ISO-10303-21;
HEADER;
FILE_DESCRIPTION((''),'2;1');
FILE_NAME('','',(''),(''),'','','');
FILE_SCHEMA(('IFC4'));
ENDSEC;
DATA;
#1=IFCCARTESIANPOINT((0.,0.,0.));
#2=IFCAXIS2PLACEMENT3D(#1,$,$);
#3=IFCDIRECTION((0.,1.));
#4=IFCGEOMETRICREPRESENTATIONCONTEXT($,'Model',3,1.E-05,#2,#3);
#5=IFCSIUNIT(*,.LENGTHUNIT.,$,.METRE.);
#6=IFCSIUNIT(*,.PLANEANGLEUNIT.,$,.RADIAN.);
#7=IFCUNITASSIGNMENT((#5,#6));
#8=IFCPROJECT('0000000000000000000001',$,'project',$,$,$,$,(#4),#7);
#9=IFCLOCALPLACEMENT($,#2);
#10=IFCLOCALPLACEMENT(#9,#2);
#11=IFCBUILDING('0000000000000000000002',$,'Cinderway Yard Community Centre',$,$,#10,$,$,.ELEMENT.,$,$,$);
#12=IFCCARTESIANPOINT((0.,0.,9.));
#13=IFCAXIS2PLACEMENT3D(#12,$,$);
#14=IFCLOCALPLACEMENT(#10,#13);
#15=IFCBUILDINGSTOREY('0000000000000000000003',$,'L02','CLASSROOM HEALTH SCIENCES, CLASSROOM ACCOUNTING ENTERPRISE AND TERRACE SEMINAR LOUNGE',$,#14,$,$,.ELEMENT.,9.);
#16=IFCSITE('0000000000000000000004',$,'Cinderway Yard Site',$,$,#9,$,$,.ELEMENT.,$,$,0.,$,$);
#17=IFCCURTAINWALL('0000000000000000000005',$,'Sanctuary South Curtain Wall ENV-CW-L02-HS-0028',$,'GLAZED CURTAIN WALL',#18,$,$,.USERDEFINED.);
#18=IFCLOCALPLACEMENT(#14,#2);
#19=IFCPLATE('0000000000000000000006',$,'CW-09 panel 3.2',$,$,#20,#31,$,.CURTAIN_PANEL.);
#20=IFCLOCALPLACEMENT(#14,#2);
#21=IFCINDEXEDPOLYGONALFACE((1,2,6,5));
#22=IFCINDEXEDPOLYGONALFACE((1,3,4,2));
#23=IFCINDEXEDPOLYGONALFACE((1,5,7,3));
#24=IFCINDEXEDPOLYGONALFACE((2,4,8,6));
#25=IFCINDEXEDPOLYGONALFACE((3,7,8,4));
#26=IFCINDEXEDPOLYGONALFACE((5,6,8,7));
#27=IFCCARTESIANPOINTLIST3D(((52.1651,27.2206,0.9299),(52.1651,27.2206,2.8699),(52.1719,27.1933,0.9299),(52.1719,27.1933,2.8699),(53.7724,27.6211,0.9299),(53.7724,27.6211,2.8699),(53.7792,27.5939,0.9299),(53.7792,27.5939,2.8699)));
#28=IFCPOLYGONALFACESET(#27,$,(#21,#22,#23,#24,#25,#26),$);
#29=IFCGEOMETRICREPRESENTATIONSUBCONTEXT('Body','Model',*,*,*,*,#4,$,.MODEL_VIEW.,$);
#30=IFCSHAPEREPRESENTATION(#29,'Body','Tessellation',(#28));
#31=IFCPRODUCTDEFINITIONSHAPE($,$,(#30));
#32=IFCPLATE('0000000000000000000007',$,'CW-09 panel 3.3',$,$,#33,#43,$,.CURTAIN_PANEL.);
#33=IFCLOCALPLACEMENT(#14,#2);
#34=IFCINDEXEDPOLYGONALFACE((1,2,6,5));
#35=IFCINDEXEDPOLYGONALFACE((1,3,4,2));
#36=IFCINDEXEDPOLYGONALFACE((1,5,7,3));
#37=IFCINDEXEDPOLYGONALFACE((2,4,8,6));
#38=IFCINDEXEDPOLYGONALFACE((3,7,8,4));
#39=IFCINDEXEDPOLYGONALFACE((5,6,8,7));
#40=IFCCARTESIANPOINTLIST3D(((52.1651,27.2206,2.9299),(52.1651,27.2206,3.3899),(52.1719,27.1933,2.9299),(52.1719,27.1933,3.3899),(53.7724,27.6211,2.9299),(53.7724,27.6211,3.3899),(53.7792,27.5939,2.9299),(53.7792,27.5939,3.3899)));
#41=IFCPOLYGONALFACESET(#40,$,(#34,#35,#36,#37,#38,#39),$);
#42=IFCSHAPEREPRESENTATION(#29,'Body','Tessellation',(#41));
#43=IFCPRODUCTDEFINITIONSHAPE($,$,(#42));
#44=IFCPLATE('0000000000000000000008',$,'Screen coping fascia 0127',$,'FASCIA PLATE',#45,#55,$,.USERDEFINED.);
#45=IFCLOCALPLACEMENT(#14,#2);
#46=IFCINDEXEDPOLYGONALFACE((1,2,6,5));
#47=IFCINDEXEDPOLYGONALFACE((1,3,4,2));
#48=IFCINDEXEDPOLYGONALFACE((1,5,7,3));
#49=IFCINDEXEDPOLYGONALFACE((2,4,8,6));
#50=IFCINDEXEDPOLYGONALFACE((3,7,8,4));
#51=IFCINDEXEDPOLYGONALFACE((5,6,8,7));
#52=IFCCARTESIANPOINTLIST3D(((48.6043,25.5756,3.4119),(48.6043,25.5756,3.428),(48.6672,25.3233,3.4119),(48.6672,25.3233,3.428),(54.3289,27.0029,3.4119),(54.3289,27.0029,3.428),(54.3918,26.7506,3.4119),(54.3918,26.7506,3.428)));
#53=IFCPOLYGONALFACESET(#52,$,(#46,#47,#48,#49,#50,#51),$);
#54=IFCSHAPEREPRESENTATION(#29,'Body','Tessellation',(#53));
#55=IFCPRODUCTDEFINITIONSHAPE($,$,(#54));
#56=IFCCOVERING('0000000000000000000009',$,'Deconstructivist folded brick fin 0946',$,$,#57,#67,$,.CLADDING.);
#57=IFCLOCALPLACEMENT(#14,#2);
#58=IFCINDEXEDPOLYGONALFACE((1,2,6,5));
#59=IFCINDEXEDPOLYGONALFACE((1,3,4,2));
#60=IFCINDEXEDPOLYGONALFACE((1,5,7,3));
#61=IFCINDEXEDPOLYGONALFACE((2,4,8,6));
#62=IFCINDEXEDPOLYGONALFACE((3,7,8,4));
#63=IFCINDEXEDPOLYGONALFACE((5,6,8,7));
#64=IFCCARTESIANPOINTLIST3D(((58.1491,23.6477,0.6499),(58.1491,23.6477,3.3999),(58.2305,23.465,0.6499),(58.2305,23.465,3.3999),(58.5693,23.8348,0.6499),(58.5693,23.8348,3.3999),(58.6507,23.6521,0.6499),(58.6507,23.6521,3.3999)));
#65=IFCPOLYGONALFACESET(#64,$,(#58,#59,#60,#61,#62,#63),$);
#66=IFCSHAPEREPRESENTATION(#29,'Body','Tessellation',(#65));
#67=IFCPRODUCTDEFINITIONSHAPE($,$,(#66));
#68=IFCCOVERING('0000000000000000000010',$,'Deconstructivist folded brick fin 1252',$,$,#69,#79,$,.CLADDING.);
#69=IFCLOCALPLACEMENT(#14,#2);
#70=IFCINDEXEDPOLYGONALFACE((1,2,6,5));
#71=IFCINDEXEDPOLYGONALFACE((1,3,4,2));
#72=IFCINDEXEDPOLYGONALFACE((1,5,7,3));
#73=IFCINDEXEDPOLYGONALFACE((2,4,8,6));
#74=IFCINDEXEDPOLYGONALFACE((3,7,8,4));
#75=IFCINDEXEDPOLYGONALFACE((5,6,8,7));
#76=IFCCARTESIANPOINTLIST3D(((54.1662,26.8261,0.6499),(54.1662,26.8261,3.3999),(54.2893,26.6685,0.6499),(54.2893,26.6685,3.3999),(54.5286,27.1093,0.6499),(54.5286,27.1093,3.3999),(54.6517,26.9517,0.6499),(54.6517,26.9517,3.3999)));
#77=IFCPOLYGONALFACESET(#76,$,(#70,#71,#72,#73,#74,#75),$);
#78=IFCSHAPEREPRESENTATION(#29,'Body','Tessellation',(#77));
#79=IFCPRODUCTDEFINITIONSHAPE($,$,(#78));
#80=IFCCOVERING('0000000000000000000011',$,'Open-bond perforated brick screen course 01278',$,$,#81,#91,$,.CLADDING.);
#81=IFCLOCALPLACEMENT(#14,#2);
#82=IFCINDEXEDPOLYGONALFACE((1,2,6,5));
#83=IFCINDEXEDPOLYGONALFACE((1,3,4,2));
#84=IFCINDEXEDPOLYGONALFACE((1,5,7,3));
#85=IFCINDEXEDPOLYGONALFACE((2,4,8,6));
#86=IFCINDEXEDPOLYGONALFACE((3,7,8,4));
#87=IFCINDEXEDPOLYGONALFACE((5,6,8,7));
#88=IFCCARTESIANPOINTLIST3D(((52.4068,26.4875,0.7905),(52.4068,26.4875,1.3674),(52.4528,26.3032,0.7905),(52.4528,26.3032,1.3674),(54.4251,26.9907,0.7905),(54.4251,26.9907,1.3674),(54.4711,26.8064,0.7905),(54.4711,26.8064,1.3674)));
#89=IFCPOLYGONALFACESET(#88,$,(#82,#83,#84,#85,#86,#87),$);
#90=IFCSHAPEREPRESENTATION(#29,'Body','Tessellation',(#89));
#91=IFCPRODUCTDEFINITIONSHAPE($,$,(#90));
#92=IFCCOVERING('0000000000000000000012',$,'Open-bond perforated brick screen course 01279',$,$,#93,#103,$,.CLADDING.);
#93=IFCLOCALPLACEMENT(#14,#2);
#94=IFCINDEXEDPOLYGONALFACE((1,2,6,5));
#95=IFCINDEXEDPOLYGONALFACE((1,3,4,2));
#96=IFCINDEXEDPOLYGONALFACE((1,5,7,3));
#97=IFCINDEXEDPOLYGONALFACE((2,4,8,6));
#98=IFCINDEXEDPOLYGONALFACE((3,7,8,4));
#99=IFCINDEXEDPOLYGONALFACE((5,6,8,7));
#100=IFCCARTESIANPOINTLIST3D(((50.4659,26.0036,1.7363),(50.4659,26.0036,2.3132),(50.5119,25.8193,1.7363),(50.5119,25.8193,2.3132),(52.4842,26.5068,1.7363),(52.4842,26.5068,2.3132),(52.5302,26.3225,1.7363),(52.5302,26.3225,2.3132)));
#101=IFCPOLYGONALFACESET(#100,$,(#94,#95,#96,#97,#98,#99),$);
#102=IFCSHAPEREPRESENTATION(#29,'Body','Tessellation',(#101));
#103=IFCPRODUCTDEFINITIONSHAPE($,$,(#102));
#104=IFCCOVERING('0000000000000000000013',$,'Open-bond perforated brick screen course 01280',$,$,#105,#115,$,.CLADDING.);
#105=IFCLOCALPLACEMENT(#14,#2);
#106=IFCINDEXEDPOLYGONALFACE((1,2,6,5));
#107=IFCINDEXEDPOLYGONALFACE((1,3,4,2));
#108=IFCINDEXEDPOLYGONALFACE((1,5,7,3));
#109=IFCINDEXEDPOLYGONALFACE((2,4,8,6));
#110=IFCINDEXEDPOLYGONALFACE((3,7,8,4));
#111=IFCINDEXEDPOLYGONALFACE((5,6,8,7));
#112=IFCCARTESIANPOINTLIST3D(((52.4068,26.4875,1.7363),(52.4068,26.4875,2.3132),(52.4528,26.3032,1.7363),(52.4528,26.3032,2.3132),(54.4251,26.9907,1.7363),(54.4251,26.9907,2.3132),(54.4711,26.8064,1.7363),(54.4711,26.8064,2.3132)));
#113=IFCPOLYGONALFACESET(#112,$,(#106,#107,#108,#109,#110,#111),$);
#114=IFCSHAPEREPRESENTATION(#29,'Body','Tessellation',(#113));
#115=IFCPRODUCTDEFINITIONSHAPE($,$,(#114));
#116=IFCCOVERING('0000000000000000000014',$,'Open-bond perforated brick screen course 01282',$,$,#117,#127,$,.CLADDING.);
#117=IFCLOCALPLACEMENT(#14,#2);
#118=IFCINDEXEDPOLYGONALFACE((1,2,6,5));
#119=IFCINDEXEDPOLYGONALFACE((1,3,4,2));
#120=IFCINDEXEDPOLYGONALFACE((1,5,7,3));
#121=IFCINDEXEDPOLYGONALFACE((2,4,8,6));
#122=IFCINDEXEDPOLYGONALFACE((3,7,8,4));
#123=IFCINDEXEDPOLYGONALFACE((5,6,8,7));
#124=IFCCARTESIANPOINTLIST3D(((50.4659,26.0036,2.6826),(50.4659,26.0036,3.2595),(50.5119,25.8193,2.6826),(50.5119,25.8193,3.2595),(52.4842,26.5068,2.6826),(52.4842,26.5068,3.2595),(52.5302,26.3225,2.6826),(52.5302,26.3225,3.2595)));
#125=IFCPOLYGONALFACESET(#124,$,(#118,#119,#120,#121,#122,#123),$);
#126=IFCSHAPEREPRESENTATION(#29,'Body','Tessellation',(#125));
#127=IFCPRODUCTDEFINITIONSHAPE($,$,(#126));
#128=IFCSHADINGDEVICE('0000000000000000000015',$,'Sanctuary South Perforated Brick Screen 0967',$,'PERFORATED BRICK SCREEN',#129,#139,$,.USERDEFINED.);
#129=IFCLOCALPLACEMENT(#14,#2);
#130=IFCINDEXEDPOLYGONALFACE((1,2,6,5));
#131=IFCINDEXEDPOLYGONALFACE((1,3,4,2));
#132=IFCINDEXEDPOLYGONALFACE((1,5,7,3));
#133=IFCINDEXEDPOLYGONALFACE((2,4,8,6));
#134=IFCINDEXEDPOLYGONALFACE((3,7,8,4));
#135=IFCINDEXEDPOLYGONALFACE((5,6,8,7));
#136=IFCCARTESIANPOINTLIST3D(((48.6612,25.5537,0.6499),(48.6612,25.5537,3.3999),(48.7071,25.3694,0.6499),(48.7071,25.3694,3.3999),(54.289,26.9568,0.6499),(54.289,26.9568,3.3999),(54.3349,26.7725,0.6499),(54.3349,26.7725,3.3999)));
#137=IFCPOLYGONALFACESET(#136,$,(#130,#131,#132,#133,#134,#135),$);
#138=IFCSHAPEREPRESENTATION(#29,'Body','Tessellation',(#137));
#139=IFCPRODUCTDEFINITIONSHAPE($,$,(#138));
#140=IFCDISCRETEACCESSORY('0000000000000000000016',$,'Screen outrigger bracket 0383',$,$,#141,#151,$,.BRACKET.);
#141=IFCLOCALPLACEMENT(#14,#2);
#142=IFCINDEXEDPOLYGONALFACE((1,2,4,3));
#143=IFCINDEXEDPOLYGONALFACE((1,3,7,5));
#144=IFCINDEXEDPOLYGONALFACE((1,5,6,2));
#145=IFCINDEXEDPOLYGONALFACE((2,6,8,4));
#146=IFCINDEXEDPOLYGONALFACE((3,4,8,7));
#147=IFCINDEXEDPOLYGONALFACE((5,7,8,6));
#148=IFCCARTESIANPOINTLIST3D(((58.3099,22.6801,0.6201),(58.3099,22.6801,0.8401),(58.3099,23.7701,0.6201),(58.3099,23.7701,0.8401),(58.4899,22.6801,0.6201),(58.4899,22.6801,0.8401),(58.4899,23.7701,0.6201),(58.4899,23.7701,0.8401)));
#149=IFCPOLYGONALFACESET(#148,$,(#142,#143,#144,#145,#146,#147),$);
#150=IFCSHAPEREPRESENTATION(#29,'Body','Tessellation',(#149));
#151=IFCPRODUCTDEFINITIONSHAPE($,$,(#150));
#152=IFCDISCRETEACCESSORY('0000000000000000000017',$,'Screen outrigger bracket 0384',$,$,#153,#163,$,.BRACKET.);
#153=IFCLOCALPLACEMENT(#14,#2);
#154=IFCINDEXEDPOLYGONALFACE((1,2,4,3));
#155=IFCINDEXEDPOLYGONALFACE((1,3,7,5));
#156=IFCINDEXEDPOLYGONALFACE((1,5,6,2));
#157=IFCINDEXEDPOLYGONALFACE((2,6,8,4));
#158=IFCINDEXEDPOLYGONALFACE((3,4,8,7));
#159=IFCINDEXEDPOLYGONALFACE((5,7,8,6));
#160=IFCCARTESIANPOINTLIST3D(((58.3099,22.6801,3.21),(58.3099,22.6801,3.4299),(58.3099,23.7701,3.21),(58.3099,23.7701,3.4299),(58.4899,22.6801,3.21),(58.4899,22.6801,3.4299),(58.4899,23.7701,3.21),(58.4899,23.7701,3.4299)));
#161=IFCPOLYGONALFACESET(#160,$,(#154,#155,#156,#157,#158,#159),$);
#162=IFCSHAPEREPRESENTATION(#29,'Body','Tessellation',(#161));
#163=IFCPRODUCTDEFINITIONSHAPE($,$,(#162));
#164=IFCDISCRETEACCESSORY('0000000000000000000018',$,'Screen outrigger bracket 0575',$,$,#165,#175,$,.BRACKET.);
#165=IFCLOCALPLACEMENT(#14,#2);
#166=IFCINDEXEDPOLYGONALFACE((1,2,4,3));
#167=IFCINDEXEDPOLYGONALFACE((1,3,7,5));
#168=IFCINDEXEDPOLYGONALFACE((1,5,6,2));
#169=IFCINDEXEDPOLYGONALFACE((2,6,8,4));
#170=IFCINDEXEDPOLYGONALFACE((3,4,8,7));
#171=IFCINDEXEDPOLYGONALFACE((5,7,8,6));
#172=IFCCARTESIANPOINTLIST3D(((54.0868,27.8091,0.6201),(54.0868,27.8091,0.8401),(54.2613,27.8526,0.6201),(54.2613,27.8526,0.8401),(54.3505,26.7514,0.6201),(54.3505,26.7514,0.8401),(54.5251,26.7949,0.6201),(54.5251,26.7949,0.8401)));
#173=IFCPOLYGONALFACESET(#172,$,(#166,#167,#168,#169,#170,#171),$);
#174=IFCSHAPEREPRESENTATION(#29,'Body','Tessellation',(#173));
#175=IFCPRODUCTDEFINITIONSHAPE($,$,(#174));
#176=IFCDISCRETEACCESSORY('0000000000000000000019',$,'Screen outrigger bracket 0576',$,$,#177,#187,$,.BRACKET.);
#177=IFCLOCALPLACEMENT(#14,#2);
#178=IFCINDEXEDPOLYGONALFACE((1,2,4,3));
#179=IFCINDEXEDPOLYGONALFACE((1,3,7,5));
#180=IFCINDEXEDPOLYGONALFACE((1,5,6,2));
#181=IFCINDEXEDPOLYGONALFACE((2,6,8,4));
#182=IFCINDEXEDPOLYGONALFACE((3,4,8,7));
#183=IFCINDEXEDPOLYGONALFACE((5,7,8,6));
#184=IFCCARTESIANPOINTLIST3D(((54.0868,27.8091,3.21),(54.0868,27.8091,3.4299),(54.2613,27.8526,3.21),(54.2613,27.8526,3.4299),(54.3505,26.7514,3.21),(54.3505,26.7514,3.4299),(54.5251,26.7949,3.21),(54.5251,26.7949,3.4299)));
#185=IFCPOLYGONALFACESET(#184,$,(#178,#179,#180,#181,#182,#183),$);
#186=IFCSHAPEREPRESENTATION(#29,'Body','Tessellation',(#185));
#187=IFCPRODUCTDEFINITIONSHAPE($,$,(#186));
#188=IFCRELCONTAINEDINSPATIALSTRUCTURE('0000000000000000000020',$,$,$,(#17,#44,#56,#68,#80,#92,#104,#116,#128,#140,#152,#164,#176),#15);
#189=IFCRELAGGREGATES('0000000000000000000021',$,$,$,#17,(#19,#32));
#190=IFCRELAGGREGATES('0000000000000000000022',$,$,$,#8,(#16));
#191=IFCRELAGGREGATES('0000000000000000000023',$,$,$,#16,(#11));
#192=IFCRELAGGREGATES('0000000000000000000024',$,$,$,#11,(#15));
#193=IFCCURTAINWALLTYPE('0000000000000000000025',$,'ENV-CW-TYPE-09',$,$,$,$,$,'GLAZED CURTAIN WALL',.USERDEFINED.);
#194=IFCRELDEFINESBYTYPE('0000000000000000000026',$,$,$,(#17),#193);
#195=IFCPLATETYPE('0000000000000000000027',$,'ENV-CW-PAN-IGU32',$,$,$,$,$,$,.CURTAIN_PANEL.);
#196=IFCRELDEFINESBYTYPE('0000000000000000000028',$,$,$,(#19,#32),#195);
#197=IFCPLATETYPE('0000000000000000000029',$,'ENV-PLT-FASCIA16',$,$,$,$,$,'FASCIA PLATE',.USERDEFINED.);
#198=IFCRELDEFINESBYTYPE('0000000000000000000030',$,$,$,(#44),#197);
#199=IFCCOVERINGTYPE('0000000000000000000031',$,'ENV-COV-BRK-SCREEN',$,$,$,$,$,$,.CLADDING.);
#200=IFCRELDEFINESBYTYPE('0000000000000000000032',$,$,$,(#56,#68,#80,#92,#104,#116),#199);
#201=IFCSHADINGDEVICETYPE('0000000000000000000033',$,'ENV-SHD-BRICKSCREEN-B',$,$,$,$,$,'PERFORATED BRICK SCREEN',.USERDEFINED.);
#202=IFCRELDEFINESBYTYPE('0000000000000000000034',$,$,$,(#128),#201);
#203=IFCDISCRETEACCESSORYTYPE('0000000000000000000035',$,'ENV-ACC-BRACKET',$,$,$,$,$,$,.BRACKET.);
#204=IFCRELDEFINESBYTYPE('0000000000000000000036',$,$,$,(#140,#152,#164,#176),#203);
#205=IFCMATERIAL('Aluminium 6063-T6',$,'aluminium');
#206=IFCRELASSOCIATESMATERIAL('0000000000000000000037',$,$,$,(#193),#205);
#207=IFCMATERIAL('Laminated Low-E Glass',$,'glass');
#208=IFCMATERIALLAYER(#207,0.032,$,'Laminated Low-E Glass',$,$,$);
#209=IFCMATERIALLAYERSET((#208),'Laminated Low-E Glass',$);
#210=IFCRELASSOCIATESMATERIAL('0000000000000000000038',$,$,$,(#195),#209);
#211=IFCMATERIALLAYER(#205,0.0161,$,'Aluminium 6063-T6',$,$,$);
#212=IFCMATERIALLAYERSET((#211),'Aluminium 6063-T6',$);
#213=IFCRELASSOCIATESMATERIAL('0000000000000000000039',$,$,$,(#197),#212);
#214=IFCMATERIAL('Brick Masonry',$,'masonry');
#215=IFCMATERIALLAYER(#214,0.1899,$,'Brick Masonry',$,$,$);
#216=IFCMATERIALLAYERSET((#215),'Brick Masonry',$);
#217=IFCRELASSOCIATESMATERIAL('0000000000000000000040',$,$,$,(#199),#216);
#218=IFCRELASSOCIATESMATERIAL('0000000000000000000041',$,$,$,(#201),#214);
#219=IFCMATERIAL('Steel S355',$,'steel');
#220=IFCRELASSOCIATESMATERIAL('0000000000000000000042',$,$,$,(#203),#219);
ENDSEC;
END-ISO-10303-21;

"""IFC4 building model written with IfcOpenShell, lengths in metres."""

from ifc_helpers import new_model, si_unit, direction, frame, origin, origin_2d, place, context, subcontext, project, spatial, rectangle, extrude, material, layer, layer_set, type_object, element, aggregate, save


model = new_model("IFC4")

# Units and contexts
model_context = context("Model", 3, precision=1e-05, world=origin(), true_north=direction((0.0, 1.0)))
body_context = subcontext(model_context, "Body", "Model", "MODEL_VIEW")
ifc_project = project(units=[si_unit("LENGTHUNIT", "METRE"), si_unit("PLANEANGLEUNIT", "RADIAN")], contexts=[model_context])

# Site, building, storey
site_placement = place(None, origin())
site = spatial("IfcSite", under=ifc_project, at=site_placement, Name="Cinderway Yard Site", CompositionType="ELEMENT", RefElevation=0.0)
building_placement = place(site_placement, origin())
building = spatial("IfcBuilding", under=site, at=building_placement, Name="Cinderway Yard Community Centre", CompositionType="ELEMENT")
storey_placement = place(building_placement, frame((0.0, 0.0, 9.0)))
storey = spatial("IfcBuildingStorey", under=building, at=storey_placement, Name="L02", Description="CLASSROOM HEALTH SCIENCES, CLASSROOM ACCOUNTING ENTERPRISE AND TERRACE SEMINAR LOUNGE", CompositionType="ELEMENT", Elevation=9.0)

# Curtain wall
ifc_material_1 = material(Name="Aluminium 6063-T6", Category="aluminium")
curtain_wall_type = type_object("IfcCurtainWallType", Name="ENV-CW-TYPE-09", ElementType="GLAZED CURTAIN WALL", PredefinedType="USERDEFINED", material=ifc_material_1)
curtain_wall_placement = place(storey_placement, origin())
curtain_wall = element("IfcCurtainWall", 1, at=curtain_wall_placement, inside=storey, type_object=curtain_wall_type, Name="Sanctuary South Curtain Wall ENV-CW-L02-HS-0028", ObjectType="GLAZED CURTAIN WALL", PredefinedType="USERDEFINED")

# Shared definitions
ifc_material_2 = material(Name="Steel S355", Category="steel")

# Plates
ifc_material_3 = material(Name="Laminated Low-E Glass", Category="glass")
ifc_layer_1 = layer(ifc_material_3, 0.032, Name="Laminated Low-E Glass")
ifc_layer_set_1 = layer_set([ifc_layer_1], Name="Laminated Low-E Glass")
plate_type_1 = type_object("IfcPlateType", Name="ENV-CW-PAN-IGU32", PredefinedType="CURTAIN_PANEL", material=ifc_layer_set_1)
plate_1_placement = place(storey_placement, frame((52.9722, 27.4072, 0.9299), z_axis=(0.0, 0.0, 1.0), x_axis=(0.970322, 0.241817, 0.0)))
plate_1 = element("IfcPlate", 2, at=plate_1_placement, type_object=plate_type_1, Name="CW-09 panel 3.2", PredefinedType="CURTAIN_PANEL", context=body_context, shape_type="SweptSolid", body=[
    extrude(rectangle(XDim=1.6565, YDim=0.0281, at=origin_2d()), origin(), (0.0, 0.0, 1.0), 1.9399),
])
plate_2_placement = place(storey_placement, frame((52.9722, 27.4072, 2.9299), z_axis=(0.0, 0.0, 1.0), x_axis=(0.970322, 0.241817, 0.0)))
plate_2 = element("IfcPlate", 3, at=plate_2_placement, type_object=plate_type_1, Name="CW-09 panel 3.3", PredefinedType="CURTAIN_PANEL", context=body_context, shape_type="SweptSolid", body=[
    extrude(rectangle(XDim=1.6565, YDim=0.0281, at=origin_2d()), origin(), (0.0, 0.0, 1.0), 0.46),
])
aggregate(curtain_wall, [plate_1, plate_2])
ifc_layer_2 = layer(ifc_material_1, 0.0161, Name="Aluminium 6063-T6")
ifc_layer_set_2 = layer_set([ifc_layer_2], Name="Aluminium 6063-T6")
plate_type_2 = type_object("IfcPlateType", Name="ENV-PLT-FASCIA16", ElementType="FASCIA PLATE", PredefinedType="USERDEFINED", material=ifc_layer_set_2)
plate_3_placement = place(storey_placement, frame((51.498, 26.1631, 3.4119), z_axis=(0.0, 0.0, 1.0), x_axis=(-0.970296, -0.241922, 0.0)))
element("IfcPlate", 4, at=plate_3_placement, inside=storey, type_object=plate_type_2, Name="Screen coping fascia 0127", ObjectType="FASCIA PLATE", PredefinedType="USERDEFINED", context=body_context, shape_type="SweptSolid", body=[
    extrude(rectangle(XDim=5.8999, YDim=0.26, at=origin_2d()), origin(), (0.0, 0.0, 1.0), 0.0161),
])

# Coverings
ifc_material_4 = material(Name="Brick Masonry", Category="masonry")
ifc_layer_3 = layer(ifc_material_4, 0.1899, Name="Brick Masonry")
ifc_layer_set_3 = layer_set([ifc_layer_3], Name="Brick Masonry")
covering_type = type_object("IfcCoveringType", Name="ENV-COV-BRK-SCREEN", PredefinedType="CLADDING", material=ifc_layer_set_3)
for number, where, z_axis, x_axis, name in (
    (5, (58.3999, 23.6499, 0.6499), (0.0, 0.0, 1.0), (0.913545, 0.406737, 0.0), "Deconstructivist folded brick fin 0946"),
    (6, (54.4089, 26.8889, 0.6499), (0.0, 0.0, 1.0), (-0.788011, -0.615661, 0.0), "Deconstructivist folded brick fin 1252"),
):
    element("IfcCovering", number, at=place(storey_placement, frame(where, z_axis=z_axis, x_axis=x_axis)), inside=storey, type_object=covering_type, Name=name, PredefinedType="CLADDING", context=body_context, shape_type="SweptSolid", body=[
        extrude(rectangle(XDim=0.46, YDim=0.2, at=origin_2d()), origin(), (0.0, 0.0, 1.0), 2.75),
    ])
for number, where, z_axis, x_axis, name in (
    (7, (53.439, 26.647, 0.7905), (0.0, 0.0, 1.0), (-0.970296, -0.241922, 0.0), "Open-bond perforated brick screen course 01278"),
    (8, (51.498, 26.1631, 1.7363), (0.0, 0.0, 1.0), (-0.970296, -0.241922, 0.0), "Open-bond perforated brick screen course 01279"),
    (9, (53.439, 26.647, 1.7363), (0.0, 0.0, 1.0), (-0.970296, -0.241922, 0.0), "Open-bond perforated brick screen course 01280"),
    (10, (51.498, 26.1631, 2.6826), (0.0, 0.0, 1.0), (-0.970296, -0.241922, 0.0), "Open-bond perforated brick screen course 01282"),
):
    element("IfcCovering", number, at=place(storey_placement, frame(where, z_axis=z_axis, x_axis=x_axis)), inside=storey, type_object=covering_type, Name=name, PredefinedType="CLADDING", context=body_context, shape_type="SweptSolid", body=[
        extrude(rectangle(XDim=2.0801, YDim=0.1899, at=origin_2d()), origin(), (0.0, 0.0, 1.0), 0.5769),
    ])

# Shading device
shading_device_type = type_object("IfcShadingDeviceType", Name="ENV-SHD-BRICKSCREEN-B", ElementType="PERFORATED BRICK SCREEN", PredefinedType="USERDEFINED", material=ifc_material_4)
shading_device_placement = place(storey_placement, frame((51.498, 26.1631, 0.6499), z_axis=(0.0, 0.0, 1.0), x_axis=(-0.970296, -0.241922, 0.0)))
element("IfcShadingDevice", 11, at=shading_device_placement, inside=storey, type_object=shading_device_type, Name="Sanctuary South Perforated Brick Screen 0967", ObjectType="PERFORATED BRICK SCREEN", PredefinedType="USERDEFINED", context=body_context, shape_type="SweptSolid", body=[
    extrude(rectangle(XDim=5.8, YDim=0.1899, at=origin_2d()), origin(), (0.0, 0.0, 1.0), 2.75),
])

# Discrete accessories
discrete_accessory_type = type_object("IfcDiscreteAccessoryType", Name="ENV-ACC-BRACKET", PredefinedType="BRACKET", material=ifc_material_2)
for number, where, z_axis, x_axis, name in (
    (12, (58.3999, 23.2251, 0.6201), (0.0, 0.0, 1.0), (0.0, 1.0, 0.0), "Screen outrigger bracket 0383"),
    (13, (58.3999, 23.2251, 3.21), (0.0, 0.0, 1.0), (0.0, 1.0, 0.0), "Screen outrigger bracket 0384"),
    (14, (54.3059, 27.302, 0.6201), (0.0, 0.0, 1.0), (0.241922, -0.970296, 0.0), "Screen outrigger bracket 0575"),
    (15, (54.3059, 27.302, 3.21), (0.0, 0.0, 1.0), (0.241922, -0.970296, 0.0), "Screen outrigger bracket 0576"),
):
    element("IfcDiscreteAccessory", number, at=place(storey_placement, frame(where, z_axis=z_axis, x_axis=x_axis)), inside=storey, type_object=discrete_accessory_type, Name=name, PredefinedType="BRACKET", context=body_context, shape_type="SweptSolid", body=[
        extrude(rectangle(XDim=1.0901, YDim=0.1799, at=origin_2d()), origin(), (0.0, 0.0, 1.0), 0.22),
    ])

save(model, "model.ifc")
